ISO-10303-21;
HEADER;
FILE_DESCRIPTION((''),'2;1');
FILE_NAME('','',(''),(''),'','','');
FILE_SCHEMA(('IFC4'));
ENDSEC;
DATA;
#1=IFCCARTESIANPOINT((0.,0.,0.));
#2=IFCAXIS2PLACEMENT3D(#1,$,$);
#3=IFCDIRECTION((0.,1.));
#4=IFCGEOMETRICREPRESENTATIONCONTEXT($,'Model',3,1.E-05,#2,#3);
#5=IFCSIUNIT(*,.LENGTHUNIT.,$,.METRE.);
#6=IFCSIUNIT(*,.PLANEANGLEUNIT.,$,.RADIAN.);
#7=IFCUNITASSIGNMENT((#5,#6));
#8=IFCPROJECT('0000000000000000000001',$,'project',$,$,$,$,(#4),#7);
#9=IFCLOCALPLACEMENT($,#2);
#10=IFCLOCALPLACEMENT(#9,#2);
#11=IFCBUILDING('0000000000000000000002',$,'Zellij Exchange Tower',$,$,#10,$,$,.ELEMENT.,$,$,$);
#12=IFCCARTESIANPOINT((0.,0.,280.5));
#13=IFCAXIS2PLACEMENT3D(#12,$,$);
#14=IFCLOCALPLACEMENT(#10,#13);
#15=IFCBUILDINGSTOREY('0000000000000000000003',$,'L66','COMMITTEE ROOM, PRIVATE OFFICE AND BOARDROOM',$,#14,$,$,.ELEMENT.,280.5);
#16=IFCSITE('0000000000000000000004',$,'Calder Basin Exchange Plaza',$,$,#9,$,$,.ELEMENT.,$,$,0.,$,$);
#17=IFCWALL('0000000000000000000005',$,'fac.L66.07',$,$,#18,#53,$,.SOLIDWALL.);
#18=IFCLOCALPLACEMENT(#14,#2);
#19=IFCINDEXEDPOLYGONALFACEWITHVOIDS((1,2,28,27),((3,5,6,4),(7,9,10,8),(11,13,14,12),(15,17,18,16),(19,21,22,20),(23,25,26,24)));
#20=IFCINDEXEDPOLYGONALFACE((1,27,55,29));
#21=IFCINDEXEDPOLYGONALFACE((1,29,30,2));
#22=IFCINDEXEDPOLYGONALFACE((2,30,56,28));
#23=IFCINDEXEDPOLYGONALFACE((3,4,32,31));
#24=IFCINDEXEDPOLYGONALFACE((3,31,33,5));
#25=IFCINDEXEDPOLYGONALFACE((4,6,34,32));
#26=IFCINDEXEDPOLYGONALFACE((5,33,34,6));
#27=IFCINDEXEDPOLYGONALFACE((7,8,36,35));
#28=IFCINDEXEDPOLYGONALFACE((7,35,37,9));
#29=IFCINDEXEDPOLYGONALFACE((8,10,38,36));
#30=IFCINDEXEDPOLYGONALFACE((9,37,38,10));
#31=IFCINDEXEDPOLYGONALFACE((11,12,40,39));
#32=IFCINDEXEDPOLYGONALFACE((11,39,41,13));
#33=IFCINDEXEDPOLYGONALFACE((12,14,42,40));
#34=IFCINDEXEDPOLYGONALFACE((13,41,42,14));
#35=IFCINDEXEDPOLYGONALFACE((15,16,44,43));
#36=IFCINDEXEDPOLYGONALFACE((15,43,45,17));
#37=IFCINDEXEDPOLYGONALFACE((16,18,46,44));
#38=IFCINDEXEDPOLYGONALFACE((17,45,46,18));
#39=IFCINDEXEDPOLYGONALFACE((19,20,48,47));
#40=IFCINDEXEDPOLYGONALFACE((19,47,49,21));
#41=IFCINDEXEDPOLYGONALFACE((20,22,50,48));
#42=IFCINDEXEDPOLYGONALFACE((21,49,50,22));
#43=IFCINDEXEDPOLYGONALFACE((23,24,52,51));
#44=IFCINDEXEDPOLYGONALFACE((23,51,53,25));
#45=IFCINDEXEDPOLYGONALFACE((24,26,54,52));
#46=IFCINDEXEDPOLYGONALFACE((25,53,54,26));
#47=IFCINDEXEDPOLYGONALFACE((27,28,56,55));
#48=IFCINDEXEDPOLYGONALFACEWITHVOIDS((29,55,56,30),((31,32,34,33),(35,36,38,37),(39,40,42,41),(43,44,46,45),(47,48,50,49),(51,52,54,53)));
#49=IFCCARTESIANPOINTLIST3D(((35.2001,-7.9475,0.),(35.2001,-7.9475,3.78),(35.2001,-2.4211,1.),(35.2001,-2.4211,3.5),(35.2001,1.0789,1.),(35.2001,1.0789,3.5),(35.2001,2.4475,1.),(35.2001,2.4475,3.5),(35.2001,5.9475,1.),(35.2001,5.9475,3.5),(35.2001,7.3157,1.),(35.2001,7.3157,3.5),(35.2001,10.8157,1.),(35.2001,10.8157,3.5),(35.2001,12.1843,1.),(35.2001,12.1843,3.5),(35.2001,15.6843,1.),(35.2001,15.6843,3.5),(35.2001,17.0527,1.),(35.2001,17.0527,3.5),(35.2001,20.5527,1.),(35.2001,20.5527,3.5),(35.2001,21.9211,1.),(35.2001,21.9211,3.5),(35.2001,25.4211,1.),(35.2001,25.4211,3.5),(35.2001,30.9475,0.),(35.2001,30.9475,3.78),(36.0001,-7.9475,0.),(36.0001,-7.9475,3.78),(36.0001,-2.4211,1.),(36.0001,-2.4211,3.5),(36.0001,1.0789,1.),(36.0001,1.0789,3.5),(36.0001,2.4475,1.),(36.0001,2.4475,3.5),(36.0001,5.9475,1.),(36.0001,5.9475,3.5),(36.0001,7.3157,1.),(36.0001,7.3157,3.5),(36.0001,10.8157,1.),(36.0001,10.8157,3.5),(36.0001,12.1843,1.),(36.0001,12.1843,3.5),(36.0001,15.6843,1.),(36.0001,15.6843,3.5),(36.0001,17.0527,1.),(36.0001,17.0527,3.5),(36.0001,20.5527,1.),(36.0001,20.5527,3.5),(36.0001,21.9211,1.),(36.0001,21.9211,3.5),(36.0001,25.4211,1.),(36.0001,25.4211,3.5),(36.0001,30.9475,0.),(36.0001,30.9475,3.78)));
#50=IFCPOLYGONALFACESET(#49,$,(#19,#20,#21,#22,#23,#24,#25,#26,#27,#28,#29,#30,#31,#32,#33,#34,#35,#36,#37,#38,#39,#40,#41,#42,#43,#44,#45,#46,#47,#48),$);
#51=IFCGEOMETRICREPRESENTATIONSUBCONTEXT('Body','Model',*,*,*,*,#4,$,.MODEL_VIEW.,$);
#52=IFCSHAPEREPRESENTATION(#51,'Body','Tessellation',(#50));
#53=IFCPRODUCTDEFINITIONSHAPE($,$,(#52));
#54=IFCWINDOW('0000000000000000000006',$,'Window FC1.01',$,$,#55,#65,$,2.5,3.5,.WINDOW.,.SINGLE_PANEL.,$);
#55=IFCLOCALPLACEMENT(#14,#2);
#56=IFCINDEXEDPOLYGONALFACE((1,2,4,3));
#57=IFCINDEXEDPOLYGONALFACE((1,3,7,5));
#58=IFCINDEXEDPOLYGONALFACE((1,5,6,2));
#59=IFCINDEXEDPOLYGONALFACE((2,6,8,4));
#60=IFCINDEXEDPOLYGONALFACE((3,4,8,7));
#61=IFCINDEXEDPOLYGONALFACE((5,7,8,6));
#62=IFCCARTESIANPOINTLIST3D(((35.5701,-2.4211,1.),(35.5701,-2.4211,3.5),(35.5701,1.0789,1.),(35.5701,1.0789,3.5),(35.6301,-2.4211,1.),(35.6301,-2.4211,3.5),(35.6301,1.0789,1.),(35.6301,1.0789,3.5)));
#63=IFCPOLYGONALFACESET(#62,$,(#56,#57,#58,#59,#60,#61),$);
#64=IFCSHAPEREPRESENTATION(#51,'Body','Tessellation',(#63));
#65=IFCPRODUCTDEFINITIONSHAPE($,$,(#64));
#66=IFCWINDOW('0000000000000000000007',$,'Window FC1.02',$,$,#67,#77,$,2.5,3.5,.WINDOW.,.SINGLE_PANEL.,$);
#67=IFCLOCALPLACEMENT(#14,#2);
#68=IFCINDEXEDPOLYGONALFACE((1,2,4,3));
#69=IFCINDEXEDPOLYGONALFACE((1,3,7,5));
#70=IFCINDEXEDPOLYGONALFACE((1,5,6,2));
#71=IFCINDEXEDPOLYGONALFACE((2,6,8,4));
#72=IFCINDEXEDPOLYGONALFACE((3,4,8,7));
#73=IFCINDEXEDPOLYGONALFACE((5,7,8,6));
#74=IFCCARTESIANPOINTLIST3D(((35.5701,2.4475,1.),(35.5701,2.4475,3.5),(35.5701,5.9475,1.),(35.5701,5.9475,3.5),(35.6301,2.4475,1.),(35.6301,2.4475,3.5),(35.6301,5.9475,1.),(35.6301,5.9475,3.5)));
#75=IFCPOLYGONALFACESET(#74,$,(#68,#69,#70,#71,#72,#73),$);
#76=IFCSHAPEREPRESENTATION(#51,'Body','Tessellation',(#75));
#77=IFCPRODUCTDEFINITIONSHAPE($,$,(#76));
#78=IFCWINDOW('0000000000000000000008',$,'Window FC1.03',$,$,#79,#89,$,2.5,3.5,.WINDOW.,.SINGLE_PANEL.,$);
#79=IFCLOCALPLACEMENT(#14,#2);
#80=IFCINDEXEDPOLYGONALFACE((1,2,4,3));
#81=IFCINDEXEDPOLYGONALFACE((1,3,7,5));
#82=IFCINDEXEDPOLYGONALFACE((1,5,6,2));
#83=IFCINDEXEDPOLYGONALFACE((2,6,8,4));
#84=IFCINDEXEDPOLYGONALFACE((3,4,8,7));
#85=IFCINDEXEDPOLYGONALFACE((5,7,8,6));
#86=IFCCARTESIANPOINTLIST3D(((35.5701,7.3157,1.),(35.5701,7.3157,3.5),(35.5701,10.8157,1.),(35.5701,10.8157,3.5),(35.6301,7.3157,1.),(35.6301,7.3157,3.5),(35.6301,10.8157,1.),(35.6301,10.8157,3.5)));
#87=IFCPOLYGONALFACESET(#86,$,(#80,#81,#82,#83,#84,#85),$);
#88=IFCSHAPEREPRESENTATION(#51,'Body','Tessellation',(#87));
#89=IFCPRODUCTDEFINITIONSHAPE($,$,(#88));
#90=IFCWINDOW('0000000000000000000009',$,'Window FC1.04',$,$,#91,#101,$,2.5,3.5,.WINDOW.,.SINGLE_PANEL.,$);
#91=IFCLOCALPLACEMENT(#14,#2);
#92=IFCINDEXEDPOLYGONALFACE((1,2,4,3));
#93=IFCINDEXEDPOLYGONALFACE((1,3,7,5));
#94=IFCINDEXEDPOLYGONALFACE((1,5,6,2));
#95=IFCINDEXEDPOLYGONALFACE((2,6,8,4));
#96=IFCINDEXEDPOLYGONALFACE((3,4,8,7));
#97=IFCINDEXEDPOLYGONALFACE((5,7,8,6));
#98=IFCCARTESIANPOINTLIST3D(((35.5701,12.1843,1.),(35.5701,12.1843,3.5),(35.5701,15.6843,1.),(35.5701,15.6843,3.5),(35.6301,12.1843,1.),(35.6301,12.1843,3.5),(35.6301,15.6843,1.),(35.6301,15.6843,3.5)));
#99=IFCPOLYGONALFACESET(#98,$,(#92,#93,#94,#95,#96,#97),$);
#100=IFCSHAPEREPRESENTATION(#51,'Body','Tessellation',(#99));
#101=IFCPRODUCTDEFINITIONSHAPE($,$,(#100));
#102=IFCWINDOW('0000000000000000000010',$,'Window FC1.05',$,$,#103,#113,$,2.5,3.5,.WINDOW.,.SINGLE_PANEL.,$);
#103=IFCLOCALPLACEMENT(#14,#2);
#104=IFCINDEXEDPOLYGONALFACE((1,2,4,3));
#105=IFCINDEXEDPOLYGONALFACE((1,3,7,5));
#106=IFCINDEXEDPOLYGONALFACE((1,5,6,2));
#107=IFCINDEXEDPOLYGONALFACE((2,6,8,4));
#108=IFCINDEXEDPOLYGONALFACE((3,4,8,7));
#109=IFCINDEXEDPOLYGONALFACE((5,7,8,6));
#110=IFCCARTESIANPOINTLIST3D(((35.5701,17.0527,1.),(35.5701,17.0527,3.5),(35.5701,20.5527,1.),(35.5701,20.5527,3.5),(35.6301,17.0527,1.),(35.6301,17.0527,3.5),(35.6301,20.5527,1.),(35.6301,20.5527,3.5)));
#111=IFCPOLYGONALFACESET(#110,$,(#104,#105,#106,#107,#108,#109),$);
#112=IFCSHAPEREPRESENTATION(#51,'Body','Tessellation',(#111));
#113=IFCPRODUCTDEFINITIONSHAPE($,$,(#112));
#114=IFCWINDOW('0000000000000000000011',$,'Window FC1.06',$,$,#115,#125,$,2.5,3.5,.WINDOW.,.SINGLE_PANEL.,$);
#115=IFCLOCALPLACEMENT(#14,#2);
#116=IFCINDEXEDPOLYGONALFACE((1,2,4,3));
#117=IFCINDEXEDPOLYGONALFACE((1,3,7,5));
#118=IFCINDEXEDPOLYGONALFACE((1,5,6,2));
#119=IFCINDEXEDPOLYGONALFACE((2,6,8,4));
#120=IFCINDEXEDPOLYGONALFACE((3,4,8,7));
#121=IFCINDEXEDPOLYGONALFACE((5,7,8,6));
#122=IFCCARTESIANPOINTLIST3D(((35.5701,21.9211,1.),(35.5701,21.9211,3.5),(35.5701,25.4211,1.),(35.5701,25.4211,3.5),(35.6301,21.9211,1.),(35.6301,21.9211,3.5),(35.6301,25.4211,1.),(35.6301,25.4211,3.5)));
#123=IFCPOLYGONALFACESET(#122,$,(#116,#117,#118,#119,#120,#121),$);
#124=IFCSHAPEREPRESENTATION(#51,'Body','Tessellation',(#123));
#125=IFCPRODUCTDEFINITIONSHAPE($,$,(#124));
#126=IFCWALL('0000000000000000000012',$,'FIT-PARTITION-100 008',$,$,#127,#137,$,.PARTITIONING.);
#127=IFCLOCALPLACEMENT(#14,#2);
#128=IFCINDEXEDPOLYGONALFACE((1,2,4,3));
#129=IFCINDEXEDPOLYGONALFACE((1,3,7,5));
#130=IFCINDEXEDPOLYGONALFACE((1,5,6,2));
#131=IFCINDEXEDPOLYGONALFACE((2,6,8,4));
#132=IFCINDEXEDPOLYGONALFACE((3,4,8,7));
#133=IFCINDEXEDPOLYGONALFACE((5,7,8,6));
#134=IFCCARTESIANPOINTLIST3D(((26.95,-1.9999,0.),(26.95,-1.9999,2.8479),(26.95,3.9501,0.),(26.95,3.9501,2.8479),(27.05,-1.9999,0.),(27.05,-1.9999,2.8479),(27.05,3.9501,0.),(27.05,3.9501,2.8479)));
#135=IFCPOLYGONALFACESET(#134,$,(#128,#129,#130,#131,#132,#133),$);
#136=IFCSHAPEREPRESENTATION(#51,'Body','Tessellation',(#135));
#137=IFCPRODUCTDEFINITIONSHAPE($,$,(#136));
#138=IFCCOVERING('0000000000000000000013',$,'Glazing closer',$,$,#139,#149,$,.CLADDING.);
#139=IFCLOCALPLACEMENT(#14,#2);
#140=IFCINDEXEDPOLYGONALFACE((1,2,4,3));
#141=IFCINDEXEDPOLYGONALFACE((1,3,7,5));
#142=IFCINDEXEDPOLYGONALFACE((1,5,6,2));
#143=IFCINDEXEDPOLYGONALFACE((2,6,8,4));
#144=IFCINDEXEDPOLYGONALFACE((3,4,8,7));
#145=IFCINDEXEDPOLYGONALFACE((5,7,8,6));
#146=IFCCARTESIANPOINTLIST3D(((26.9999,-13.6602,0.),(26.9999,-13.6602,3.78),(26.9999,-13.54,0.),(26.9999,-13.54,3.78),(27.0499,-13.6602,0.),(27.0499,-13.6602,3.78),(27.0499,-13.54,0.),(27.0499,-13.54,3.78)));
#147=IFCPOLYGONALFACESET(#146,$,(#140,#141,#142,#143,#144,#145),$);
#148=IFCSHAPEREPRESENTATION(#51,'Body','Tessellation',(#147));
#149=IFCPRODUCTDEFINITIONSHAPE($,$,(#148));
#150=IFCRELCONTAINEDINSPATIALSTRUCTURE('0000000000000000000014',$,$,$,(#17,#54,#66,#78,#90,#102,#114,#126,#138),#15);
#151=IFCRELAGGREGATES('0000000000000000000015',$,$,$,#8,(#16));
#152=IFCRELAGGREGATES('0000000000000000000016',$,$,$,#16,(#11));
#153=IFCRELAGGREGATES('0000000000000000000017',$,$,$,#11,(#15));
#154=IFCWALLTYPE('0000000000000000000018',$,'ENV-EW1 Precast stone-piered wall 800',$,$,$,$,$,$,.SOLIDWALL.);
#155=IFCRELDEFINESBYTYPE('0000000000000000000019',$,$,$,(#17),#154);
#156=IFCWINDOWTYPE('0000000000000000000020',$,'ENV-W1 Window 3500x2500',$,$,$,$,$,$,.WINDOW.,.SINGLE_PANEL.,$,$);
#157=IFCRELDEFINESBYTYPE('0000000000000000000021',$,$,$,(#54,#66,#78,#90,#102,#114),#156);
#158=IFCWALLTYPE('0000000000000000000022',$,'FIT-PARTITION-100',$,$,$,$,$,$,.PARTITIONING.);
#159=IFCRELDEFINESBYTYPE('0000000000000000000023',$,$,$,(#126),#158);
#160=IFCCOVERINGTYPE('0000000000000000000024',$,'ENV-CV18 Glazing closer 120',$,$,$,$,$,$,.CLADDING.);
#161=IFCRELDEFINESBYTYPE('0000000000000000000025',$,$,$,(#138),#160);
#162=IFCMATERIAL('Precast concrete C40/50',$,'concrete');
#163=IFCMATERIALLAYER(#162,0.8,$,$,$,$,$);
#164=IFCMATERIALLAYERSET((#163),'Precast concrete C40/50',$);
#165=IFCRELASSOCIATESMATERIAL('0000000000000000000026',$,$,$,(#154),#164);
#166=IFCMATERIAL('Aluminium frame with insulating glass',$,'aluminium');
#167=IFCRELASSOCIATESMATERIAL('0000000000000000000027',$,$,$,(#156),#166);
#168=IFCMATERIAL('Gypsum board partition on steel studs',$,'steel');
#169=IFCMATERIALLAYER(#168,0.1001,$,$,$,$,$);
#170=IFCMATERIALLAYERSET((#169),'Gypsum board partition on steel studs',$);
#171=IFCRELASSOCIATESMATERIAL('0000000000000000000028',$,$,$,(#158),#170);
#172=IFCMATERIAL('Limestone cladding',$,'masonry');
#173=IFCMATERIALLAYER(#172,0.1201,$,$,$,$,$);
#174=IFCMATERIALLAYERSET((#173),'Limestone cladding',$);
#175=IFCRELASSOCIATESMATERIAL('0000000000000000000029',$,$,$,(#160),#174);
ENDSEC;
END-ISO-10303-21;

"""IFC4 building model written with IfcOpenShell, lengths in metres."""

from ifc_helpers import new_model, si_unit, direction, frame, frame_2d, origin, origin_2d, place, context, subcontext, project, spatial, rectangle, extrude, material, layer, layer_set, type_object, element, fill, save


model = new_model("IFC4")

# Units and contexts
model_context = context("Model", 3, precision=1e-05, world=origin(), true_north=direction((0.0, 1.0)))
body_context = subcontext(model_context, "Body", "Model", "MODEL_VIEW")
ifc_project = project(units=[si_unit("LENGTHUNIT", "METRE"), si_unit("PLANEANGLEUNIT", "RADIAN")], contexts=[model_context])

# Site, building, storey
site_placement = place(None, origin())
site = spatial("IfcSite", under=ifc_project, at=site_placement, Name="Calder Basin Exchange Plaza", CompositionType="ELEMENT", RefElevation=0.0)
building_placement = place(site_placement, origin())
building = spatial("IfcBuilding", under=site, at=building_placement, Name="Zellij Exchange Tower", CompositionType="ELEMENT")
storey_placement = place(building_placement, frame((0.0, 0.0, 280.5)))
storey = spatial("IfcBuildingStorey", under=building, at=storey_placement, Name="L66", Description="COMMITTEE ROOM, PRIVATE OFFICE AND BOARDROOM", CompositionType="ELEMENT", Elevation=280.5)

# Shared definitions
ifc_material_1 = material(Name="Precast concrete C40/50", Category="concrete")
ifc_layer_1 = layer(ifc_material_1, 0.8)
ifc_layer_set_1 = layer_set([ifc_layer_1], Name="Precast concrete C40/50")
wall_type_1 = type_object("IfcWallType", Name="ENV-EW1 Precast stone-piered wall 800", PredefinedType="SOLIDWALL", material=ifc_layer_set_1)

# Wall, openings, windows
wall_1_placement = place(storey_placement, frame((35.6001, -7.9475, 0.0), z_axis=(0.0, 0.0, 1.0), x_axis=(0.0, 1.0, 0.0)))
wall_1 = element("IfcWall", 1, at=wall_1_placement, inside=storey, type_object=wall_type_1, Name="fac.L66.07", PredefinedType="SOLIDWALL", context=body_context, shape_type="SweptSolid", body=[
    extrude(rectangle(XDim=38.895, YDim=0.8, at=frame_2d((19.4475, 0.0))), origin(), (0.0, 0.0, 1.0), 3.78),
])
opening_1_placement = place(wall_1_placement, frame((5.5264, 0.0, 1.0)))
opening_1 = element("IfcOpeningElement", 2, at=opening_1_placement, cuts=wall_1, PredefinedType="OPENING", context=body_context, shape_type="SweptSolid", body=[
    extrude(rectangle(XDim=3.5, YDim=2.5, at=frame_2d((1.75, 1.25))), frame((0.0, 0.4121, 0.0), z_axis=(0.0, -1.0, 0.0), x_axis=(1.0, 0.0, 0.0)), (0.0, 0.0, 1.0), 0.824),
])
opening_2_placement = place(wall_1_placement, frame((10.395, 0.0, 1.0)))
opening_2 = element("IfcOpeningElement", 3, at=opening_2_placement, cuts=wall_1, PredefinedType="OPENING", context=body_context, shape_type="SweptSolid", body=[
    extrude(rectangle(XDim=3.5, YDim=2.5, at=frame_2d((1.75, 1.25))), frame((0.0, 0.4121, 0.0), z_axis=(0.0, -1.0, 0.0), x_axis=(1.0, 0.0, 0.0)), (0.0, 0.0, 1.0), 0.824),
])
opening_3_placement = place(wall_1_placement, frame((15.2632, 0.0, 1.0)))
opening_3 = element("IfcOpeningElement", 4, at=opening_3_placement, cuts=wall_1, PredefinedType="OPENING", context=body_context, shape_type="SweptSolid", body=[
    extrude(rectangle(XDim=3.5, YDim=2.5, at=frame_2d((1.75, 1.25))), frame((0.0, 0.4121, 0.0), z_axis=(0.0, -1.0, 0.0), x_axis=(1.0, 0.0, 0.0)), (0.0, 0.0, 1.0), 0.824),
])
opening_4_placement = place(wall_1_placement, frame((20.1318, 0.0, 1.0)))
opening_4 = element("IfcOpeningElement", 5, at=opening_4_placement, cuts=wall_1, PredefinedType="OPENING", context=body_context, shape_type="SweptSolid", body=[
    extrude(rectangle(XDim=3.5, YDim=2.5, at=frame_2d((1.75, 1.25))), frame((0.0, 0.4121, 0.0), z_axis=(0.0, -1.0, 0.0), x_axis=(1.0, 0.0, 0.0)), (0.0, 0.0, 1.0), 0.824),
])
opening_5_placement = place(wall_1_placement, frame((25.0002, 0.0, 1.0)))
opening_5 = element("IfcOpeningElement", 6, at=opening_5_placement, cuts=wall_1, PredefinedType="OPENING", context=body_context, shape_type="SweptSolid", body=[
    extrude(rectangle(XDim=3.5, YDim=2.5, at=frame_2d((1.75, 1.25))), frame((0.0, 0.4121, 0.0), z_axis=(0.0, -1.0, 0.0), x_axis=(1.0, 0.0, 0.0)), (0.0, 0.0, 1.0), 0.824),
])
opening_6_placement = place(wall_1_placement, frame((29.8687, 0.0, 1.0)))
opening_6 = element("IfcOpeningElement", 7, at=opening_6_placement, cuts=wall_1, PredefinedType="OPENING", context=body_context, shape_type="SweptSolid", body=[
    extrude(rectangle(XDim=3.5, YDim=2.5, at=frame_2d((1.75, 1.25))), frame((0.0, 0.4121, 0.0), z_axis=(0.0, -1.0, 0.0), x_axis=(1.0, 0.0, 0.0)), (0.0, 0.0, 1.0), 0.824),
])
ifc_material_2 = material(Name="Aluminium frame with insulating glass", Category="aluminium")
window_type = type_object("IfcWindowType", Name="ENV-W1 Window 3500x2500", PartitioningType="SINGLE_PANEL", PredefinedType="WINDOW", material=ifc_material_2)
window_1_placement = place(opening_1_placement, origin())
window_1 = element("IfcWindow", 8, at=window_1_placement, inside=storey, type_object=window_type, Name="Window FC1.01", OverallHeight=2.5, OverallWidth=3.5, PartitioningType="SINGLE_PANEL", PredefinedType="WINDOW", context=body_context, shape_type="SweptSolid", body=[
    extrude(rectangle(XDim=3.5, YDim=2.5, at=frame_2d((1.75, 1.25))), frame((0.0, 0.03, 0.0), z_axis=(0.0, -1.0, 0.0), x_axis=(1.0, 0.0, 0.0)), (0.0, 0.0, 1.0), 0.0601),
])
fill(opening_1, window_1)
window_2_placement = place(opening_2_placement, origin())
window_2 = element("IfcWindow", 9, at=window_2_placement, inside=storey, type_object=window_type, Name="Window FC1.02", OverallHeight=2.5, OverallWidth=3.5, PartitioningType="SINGLE_PANEL", PredefinedType="WINDOW", context=body_context, shape_type="SweptSolid", body=[
    extrude(rectangle(XDim=3.5, YDim=2.5, at=frame_2d((1.75, 1.25))), frame((0.0, 0.03, 0.0), z_axis=(0.0, -1.0, 0.0), x_axis=(1.0, 0.0, 0.0)), (0.0, 0.0, 1.0), 0.0601),
])
fill(opening_2, window_2)
window_3_placement = place(opening_3_placement, origin())
window_3 = element("IfcWindow", 10, at=window_3_placement, inside=storey, type_object=window_type, Name="Window FC1.03", OverallHeight=2.5, OverallWidth=3.5, PartitioningType="SINGLE_PANEL", PredefinedType="WINDOW", context=body_context, shape_type="SweptSolid", body=[
    extrude(rectangle(XDim=3.5, YDim=2.5, at=frame_2d((1.75, 1.25))), frame((0.0, 0.03, 0.0), z_axis=(0.0, -1.0, 0.0), x_axis=(1.0, 0.0, 0.0)), (0.0, 0.0, 1.0), 0.0601),
])
fill(opening_3, window_3)
window_4_placement = place(opening_4_placement, origin())
window_4 = element("IfcWindow", 11, at=window_4_placement, inside=storey, type_object=window_type, Name="Window FC1.04", OverallHeight=2.5, OverallWidth=3.5, PartitioningType="SINGLE_PANEL", PredefinedType="WINDOW", context=body_context, shape_type="SweptSolid", body=[
    extrude(rectangle(XDim=3.5, YDim=2.5, at=frame_2d((1.75, 1.25))), frame((0.0, 0.03, 0.0), z_axis=(0.0, -1.0, 0.0), x_axis=(1.0, 0.0, 0.0)), (0.0, 0.0, 1.0), 0.0601),
])
fill(opening_4, window_4)
window_5_placement = place(opening_5_placement, origin())
window_5 = element("IfcWindow", 12, at=window_5_placement, inside=storey, type_object=window_type, Name="Window FC1.05", OverallHeight=2.5, OverallWidth=3.5, PartitioningType="SINGLE_PANEL", PredefinedType="WINDOW", context=body_context, shape_type="SweptSolid", body=[
    extrude(rectangle(XDim=3.5, YDim=2.5, at=frame_2d((1.75, 1.25))), frame((0.0, 0.03, 0.0), z_axis=(0.0, -1.0, 0.0), x_axis=(1.0, 0.0, 0.0)), (0.0, 0.0, 1.0), 0.0601),
])
fill(opening_5, window_5)
window_6_placement = place(opening_6_placement, origin())
window_6 = element("IfcWindow", 13, at=window_6_placement, inside=storey, type_object=window_type, Name="Window FC1.06", OverallHeight=2.5, OverallWidth=3.5, PartitioningType="SINGLE_PANEL", PredefinedType="WINDOW", context=body_context, shape_type="SweptSolid", body=[
    extrude(rectangle(XDim=3.5, YDim=2.5, at=frame_2d((1.75, 1.25))), frame((0.0, 0.03, 0.0), z_axis=(0.0, -1.0, 0.0), x_axis=(1.0, 0.0, 0.0)), (0.0, 0.0, 1.0), 0.0601),
])
fill(opening_6, window_6)

# Wall
ifc_material_3 = material(Name="Gypsum board partition on steel studs", Category="steel")
ifc_layer_2 = layer(ifc_material_3, 0.1001)
ifc_layer_set_2 = layer_set([ifc_layer_2], Name="Gypsum board partition on steel studs")
wall_type_2 = type_object("IfcWallType", Name="FIT-PARTITION-100", PredefinedType="PARTITIONING", material=ifc_layer_set_2)
wall_2_placement = place(storey_placement, frame((27.0, -2.0, 0.0), z_axis=(0.0, 0.0, 1.0), x_axis=(0.0, 1.0, 0.0)))
element("IfcWall", 14, at=wall_2_placement, inside=storey, type_object=wall_type_2, Name="FIT-PARTITION-100 008", PredefinedType="PARTITIONING", context=body_context, shape_type="SweptSolid", body=[
    extrude(rectangle(XDim=5.95, YDim=0.1001, at=frame_2d((2.9751, 0.0))), origin(), (0.0, 0.0, 1.0), 2.8479),
])

# Covering
ifc_material_4 = material(Name="Limestone cladding", Category="masonry")
ifc_layer_3 = layer(ifc_material_4, 0.1201)
ifc_layer_set_3 = layer_set([ifc_layer_3], Name="Limestone cladding")
covering_type_1 = type_object("IfcCoveringType", Name="ENV-CV18 Glazing closer 120", PredefinedType="CLADDING", material=ifc_layer_set_3)
covering_placement = place(storey_placement, frame((27.0249, -13.6001, 0.0), z_axis=(0.0, 0.0, 1.0), x_axis=(-1.0, 0.0, 0.0)))
element("IfcCovering", 15, at=covering_placement, inside=storey, type_object=covering_type_1, Name="Glazing closer", PredefinedType="CLADDING", context=body_context, shape_type="SweptSolid", body=[
    extrude(rectangle(XDim=0.05, YDim=0.1201, at=origin_2d()), origin(), (0.0, 0.0, 1.0), 3.78),
])

save(model, "model.ifc")
